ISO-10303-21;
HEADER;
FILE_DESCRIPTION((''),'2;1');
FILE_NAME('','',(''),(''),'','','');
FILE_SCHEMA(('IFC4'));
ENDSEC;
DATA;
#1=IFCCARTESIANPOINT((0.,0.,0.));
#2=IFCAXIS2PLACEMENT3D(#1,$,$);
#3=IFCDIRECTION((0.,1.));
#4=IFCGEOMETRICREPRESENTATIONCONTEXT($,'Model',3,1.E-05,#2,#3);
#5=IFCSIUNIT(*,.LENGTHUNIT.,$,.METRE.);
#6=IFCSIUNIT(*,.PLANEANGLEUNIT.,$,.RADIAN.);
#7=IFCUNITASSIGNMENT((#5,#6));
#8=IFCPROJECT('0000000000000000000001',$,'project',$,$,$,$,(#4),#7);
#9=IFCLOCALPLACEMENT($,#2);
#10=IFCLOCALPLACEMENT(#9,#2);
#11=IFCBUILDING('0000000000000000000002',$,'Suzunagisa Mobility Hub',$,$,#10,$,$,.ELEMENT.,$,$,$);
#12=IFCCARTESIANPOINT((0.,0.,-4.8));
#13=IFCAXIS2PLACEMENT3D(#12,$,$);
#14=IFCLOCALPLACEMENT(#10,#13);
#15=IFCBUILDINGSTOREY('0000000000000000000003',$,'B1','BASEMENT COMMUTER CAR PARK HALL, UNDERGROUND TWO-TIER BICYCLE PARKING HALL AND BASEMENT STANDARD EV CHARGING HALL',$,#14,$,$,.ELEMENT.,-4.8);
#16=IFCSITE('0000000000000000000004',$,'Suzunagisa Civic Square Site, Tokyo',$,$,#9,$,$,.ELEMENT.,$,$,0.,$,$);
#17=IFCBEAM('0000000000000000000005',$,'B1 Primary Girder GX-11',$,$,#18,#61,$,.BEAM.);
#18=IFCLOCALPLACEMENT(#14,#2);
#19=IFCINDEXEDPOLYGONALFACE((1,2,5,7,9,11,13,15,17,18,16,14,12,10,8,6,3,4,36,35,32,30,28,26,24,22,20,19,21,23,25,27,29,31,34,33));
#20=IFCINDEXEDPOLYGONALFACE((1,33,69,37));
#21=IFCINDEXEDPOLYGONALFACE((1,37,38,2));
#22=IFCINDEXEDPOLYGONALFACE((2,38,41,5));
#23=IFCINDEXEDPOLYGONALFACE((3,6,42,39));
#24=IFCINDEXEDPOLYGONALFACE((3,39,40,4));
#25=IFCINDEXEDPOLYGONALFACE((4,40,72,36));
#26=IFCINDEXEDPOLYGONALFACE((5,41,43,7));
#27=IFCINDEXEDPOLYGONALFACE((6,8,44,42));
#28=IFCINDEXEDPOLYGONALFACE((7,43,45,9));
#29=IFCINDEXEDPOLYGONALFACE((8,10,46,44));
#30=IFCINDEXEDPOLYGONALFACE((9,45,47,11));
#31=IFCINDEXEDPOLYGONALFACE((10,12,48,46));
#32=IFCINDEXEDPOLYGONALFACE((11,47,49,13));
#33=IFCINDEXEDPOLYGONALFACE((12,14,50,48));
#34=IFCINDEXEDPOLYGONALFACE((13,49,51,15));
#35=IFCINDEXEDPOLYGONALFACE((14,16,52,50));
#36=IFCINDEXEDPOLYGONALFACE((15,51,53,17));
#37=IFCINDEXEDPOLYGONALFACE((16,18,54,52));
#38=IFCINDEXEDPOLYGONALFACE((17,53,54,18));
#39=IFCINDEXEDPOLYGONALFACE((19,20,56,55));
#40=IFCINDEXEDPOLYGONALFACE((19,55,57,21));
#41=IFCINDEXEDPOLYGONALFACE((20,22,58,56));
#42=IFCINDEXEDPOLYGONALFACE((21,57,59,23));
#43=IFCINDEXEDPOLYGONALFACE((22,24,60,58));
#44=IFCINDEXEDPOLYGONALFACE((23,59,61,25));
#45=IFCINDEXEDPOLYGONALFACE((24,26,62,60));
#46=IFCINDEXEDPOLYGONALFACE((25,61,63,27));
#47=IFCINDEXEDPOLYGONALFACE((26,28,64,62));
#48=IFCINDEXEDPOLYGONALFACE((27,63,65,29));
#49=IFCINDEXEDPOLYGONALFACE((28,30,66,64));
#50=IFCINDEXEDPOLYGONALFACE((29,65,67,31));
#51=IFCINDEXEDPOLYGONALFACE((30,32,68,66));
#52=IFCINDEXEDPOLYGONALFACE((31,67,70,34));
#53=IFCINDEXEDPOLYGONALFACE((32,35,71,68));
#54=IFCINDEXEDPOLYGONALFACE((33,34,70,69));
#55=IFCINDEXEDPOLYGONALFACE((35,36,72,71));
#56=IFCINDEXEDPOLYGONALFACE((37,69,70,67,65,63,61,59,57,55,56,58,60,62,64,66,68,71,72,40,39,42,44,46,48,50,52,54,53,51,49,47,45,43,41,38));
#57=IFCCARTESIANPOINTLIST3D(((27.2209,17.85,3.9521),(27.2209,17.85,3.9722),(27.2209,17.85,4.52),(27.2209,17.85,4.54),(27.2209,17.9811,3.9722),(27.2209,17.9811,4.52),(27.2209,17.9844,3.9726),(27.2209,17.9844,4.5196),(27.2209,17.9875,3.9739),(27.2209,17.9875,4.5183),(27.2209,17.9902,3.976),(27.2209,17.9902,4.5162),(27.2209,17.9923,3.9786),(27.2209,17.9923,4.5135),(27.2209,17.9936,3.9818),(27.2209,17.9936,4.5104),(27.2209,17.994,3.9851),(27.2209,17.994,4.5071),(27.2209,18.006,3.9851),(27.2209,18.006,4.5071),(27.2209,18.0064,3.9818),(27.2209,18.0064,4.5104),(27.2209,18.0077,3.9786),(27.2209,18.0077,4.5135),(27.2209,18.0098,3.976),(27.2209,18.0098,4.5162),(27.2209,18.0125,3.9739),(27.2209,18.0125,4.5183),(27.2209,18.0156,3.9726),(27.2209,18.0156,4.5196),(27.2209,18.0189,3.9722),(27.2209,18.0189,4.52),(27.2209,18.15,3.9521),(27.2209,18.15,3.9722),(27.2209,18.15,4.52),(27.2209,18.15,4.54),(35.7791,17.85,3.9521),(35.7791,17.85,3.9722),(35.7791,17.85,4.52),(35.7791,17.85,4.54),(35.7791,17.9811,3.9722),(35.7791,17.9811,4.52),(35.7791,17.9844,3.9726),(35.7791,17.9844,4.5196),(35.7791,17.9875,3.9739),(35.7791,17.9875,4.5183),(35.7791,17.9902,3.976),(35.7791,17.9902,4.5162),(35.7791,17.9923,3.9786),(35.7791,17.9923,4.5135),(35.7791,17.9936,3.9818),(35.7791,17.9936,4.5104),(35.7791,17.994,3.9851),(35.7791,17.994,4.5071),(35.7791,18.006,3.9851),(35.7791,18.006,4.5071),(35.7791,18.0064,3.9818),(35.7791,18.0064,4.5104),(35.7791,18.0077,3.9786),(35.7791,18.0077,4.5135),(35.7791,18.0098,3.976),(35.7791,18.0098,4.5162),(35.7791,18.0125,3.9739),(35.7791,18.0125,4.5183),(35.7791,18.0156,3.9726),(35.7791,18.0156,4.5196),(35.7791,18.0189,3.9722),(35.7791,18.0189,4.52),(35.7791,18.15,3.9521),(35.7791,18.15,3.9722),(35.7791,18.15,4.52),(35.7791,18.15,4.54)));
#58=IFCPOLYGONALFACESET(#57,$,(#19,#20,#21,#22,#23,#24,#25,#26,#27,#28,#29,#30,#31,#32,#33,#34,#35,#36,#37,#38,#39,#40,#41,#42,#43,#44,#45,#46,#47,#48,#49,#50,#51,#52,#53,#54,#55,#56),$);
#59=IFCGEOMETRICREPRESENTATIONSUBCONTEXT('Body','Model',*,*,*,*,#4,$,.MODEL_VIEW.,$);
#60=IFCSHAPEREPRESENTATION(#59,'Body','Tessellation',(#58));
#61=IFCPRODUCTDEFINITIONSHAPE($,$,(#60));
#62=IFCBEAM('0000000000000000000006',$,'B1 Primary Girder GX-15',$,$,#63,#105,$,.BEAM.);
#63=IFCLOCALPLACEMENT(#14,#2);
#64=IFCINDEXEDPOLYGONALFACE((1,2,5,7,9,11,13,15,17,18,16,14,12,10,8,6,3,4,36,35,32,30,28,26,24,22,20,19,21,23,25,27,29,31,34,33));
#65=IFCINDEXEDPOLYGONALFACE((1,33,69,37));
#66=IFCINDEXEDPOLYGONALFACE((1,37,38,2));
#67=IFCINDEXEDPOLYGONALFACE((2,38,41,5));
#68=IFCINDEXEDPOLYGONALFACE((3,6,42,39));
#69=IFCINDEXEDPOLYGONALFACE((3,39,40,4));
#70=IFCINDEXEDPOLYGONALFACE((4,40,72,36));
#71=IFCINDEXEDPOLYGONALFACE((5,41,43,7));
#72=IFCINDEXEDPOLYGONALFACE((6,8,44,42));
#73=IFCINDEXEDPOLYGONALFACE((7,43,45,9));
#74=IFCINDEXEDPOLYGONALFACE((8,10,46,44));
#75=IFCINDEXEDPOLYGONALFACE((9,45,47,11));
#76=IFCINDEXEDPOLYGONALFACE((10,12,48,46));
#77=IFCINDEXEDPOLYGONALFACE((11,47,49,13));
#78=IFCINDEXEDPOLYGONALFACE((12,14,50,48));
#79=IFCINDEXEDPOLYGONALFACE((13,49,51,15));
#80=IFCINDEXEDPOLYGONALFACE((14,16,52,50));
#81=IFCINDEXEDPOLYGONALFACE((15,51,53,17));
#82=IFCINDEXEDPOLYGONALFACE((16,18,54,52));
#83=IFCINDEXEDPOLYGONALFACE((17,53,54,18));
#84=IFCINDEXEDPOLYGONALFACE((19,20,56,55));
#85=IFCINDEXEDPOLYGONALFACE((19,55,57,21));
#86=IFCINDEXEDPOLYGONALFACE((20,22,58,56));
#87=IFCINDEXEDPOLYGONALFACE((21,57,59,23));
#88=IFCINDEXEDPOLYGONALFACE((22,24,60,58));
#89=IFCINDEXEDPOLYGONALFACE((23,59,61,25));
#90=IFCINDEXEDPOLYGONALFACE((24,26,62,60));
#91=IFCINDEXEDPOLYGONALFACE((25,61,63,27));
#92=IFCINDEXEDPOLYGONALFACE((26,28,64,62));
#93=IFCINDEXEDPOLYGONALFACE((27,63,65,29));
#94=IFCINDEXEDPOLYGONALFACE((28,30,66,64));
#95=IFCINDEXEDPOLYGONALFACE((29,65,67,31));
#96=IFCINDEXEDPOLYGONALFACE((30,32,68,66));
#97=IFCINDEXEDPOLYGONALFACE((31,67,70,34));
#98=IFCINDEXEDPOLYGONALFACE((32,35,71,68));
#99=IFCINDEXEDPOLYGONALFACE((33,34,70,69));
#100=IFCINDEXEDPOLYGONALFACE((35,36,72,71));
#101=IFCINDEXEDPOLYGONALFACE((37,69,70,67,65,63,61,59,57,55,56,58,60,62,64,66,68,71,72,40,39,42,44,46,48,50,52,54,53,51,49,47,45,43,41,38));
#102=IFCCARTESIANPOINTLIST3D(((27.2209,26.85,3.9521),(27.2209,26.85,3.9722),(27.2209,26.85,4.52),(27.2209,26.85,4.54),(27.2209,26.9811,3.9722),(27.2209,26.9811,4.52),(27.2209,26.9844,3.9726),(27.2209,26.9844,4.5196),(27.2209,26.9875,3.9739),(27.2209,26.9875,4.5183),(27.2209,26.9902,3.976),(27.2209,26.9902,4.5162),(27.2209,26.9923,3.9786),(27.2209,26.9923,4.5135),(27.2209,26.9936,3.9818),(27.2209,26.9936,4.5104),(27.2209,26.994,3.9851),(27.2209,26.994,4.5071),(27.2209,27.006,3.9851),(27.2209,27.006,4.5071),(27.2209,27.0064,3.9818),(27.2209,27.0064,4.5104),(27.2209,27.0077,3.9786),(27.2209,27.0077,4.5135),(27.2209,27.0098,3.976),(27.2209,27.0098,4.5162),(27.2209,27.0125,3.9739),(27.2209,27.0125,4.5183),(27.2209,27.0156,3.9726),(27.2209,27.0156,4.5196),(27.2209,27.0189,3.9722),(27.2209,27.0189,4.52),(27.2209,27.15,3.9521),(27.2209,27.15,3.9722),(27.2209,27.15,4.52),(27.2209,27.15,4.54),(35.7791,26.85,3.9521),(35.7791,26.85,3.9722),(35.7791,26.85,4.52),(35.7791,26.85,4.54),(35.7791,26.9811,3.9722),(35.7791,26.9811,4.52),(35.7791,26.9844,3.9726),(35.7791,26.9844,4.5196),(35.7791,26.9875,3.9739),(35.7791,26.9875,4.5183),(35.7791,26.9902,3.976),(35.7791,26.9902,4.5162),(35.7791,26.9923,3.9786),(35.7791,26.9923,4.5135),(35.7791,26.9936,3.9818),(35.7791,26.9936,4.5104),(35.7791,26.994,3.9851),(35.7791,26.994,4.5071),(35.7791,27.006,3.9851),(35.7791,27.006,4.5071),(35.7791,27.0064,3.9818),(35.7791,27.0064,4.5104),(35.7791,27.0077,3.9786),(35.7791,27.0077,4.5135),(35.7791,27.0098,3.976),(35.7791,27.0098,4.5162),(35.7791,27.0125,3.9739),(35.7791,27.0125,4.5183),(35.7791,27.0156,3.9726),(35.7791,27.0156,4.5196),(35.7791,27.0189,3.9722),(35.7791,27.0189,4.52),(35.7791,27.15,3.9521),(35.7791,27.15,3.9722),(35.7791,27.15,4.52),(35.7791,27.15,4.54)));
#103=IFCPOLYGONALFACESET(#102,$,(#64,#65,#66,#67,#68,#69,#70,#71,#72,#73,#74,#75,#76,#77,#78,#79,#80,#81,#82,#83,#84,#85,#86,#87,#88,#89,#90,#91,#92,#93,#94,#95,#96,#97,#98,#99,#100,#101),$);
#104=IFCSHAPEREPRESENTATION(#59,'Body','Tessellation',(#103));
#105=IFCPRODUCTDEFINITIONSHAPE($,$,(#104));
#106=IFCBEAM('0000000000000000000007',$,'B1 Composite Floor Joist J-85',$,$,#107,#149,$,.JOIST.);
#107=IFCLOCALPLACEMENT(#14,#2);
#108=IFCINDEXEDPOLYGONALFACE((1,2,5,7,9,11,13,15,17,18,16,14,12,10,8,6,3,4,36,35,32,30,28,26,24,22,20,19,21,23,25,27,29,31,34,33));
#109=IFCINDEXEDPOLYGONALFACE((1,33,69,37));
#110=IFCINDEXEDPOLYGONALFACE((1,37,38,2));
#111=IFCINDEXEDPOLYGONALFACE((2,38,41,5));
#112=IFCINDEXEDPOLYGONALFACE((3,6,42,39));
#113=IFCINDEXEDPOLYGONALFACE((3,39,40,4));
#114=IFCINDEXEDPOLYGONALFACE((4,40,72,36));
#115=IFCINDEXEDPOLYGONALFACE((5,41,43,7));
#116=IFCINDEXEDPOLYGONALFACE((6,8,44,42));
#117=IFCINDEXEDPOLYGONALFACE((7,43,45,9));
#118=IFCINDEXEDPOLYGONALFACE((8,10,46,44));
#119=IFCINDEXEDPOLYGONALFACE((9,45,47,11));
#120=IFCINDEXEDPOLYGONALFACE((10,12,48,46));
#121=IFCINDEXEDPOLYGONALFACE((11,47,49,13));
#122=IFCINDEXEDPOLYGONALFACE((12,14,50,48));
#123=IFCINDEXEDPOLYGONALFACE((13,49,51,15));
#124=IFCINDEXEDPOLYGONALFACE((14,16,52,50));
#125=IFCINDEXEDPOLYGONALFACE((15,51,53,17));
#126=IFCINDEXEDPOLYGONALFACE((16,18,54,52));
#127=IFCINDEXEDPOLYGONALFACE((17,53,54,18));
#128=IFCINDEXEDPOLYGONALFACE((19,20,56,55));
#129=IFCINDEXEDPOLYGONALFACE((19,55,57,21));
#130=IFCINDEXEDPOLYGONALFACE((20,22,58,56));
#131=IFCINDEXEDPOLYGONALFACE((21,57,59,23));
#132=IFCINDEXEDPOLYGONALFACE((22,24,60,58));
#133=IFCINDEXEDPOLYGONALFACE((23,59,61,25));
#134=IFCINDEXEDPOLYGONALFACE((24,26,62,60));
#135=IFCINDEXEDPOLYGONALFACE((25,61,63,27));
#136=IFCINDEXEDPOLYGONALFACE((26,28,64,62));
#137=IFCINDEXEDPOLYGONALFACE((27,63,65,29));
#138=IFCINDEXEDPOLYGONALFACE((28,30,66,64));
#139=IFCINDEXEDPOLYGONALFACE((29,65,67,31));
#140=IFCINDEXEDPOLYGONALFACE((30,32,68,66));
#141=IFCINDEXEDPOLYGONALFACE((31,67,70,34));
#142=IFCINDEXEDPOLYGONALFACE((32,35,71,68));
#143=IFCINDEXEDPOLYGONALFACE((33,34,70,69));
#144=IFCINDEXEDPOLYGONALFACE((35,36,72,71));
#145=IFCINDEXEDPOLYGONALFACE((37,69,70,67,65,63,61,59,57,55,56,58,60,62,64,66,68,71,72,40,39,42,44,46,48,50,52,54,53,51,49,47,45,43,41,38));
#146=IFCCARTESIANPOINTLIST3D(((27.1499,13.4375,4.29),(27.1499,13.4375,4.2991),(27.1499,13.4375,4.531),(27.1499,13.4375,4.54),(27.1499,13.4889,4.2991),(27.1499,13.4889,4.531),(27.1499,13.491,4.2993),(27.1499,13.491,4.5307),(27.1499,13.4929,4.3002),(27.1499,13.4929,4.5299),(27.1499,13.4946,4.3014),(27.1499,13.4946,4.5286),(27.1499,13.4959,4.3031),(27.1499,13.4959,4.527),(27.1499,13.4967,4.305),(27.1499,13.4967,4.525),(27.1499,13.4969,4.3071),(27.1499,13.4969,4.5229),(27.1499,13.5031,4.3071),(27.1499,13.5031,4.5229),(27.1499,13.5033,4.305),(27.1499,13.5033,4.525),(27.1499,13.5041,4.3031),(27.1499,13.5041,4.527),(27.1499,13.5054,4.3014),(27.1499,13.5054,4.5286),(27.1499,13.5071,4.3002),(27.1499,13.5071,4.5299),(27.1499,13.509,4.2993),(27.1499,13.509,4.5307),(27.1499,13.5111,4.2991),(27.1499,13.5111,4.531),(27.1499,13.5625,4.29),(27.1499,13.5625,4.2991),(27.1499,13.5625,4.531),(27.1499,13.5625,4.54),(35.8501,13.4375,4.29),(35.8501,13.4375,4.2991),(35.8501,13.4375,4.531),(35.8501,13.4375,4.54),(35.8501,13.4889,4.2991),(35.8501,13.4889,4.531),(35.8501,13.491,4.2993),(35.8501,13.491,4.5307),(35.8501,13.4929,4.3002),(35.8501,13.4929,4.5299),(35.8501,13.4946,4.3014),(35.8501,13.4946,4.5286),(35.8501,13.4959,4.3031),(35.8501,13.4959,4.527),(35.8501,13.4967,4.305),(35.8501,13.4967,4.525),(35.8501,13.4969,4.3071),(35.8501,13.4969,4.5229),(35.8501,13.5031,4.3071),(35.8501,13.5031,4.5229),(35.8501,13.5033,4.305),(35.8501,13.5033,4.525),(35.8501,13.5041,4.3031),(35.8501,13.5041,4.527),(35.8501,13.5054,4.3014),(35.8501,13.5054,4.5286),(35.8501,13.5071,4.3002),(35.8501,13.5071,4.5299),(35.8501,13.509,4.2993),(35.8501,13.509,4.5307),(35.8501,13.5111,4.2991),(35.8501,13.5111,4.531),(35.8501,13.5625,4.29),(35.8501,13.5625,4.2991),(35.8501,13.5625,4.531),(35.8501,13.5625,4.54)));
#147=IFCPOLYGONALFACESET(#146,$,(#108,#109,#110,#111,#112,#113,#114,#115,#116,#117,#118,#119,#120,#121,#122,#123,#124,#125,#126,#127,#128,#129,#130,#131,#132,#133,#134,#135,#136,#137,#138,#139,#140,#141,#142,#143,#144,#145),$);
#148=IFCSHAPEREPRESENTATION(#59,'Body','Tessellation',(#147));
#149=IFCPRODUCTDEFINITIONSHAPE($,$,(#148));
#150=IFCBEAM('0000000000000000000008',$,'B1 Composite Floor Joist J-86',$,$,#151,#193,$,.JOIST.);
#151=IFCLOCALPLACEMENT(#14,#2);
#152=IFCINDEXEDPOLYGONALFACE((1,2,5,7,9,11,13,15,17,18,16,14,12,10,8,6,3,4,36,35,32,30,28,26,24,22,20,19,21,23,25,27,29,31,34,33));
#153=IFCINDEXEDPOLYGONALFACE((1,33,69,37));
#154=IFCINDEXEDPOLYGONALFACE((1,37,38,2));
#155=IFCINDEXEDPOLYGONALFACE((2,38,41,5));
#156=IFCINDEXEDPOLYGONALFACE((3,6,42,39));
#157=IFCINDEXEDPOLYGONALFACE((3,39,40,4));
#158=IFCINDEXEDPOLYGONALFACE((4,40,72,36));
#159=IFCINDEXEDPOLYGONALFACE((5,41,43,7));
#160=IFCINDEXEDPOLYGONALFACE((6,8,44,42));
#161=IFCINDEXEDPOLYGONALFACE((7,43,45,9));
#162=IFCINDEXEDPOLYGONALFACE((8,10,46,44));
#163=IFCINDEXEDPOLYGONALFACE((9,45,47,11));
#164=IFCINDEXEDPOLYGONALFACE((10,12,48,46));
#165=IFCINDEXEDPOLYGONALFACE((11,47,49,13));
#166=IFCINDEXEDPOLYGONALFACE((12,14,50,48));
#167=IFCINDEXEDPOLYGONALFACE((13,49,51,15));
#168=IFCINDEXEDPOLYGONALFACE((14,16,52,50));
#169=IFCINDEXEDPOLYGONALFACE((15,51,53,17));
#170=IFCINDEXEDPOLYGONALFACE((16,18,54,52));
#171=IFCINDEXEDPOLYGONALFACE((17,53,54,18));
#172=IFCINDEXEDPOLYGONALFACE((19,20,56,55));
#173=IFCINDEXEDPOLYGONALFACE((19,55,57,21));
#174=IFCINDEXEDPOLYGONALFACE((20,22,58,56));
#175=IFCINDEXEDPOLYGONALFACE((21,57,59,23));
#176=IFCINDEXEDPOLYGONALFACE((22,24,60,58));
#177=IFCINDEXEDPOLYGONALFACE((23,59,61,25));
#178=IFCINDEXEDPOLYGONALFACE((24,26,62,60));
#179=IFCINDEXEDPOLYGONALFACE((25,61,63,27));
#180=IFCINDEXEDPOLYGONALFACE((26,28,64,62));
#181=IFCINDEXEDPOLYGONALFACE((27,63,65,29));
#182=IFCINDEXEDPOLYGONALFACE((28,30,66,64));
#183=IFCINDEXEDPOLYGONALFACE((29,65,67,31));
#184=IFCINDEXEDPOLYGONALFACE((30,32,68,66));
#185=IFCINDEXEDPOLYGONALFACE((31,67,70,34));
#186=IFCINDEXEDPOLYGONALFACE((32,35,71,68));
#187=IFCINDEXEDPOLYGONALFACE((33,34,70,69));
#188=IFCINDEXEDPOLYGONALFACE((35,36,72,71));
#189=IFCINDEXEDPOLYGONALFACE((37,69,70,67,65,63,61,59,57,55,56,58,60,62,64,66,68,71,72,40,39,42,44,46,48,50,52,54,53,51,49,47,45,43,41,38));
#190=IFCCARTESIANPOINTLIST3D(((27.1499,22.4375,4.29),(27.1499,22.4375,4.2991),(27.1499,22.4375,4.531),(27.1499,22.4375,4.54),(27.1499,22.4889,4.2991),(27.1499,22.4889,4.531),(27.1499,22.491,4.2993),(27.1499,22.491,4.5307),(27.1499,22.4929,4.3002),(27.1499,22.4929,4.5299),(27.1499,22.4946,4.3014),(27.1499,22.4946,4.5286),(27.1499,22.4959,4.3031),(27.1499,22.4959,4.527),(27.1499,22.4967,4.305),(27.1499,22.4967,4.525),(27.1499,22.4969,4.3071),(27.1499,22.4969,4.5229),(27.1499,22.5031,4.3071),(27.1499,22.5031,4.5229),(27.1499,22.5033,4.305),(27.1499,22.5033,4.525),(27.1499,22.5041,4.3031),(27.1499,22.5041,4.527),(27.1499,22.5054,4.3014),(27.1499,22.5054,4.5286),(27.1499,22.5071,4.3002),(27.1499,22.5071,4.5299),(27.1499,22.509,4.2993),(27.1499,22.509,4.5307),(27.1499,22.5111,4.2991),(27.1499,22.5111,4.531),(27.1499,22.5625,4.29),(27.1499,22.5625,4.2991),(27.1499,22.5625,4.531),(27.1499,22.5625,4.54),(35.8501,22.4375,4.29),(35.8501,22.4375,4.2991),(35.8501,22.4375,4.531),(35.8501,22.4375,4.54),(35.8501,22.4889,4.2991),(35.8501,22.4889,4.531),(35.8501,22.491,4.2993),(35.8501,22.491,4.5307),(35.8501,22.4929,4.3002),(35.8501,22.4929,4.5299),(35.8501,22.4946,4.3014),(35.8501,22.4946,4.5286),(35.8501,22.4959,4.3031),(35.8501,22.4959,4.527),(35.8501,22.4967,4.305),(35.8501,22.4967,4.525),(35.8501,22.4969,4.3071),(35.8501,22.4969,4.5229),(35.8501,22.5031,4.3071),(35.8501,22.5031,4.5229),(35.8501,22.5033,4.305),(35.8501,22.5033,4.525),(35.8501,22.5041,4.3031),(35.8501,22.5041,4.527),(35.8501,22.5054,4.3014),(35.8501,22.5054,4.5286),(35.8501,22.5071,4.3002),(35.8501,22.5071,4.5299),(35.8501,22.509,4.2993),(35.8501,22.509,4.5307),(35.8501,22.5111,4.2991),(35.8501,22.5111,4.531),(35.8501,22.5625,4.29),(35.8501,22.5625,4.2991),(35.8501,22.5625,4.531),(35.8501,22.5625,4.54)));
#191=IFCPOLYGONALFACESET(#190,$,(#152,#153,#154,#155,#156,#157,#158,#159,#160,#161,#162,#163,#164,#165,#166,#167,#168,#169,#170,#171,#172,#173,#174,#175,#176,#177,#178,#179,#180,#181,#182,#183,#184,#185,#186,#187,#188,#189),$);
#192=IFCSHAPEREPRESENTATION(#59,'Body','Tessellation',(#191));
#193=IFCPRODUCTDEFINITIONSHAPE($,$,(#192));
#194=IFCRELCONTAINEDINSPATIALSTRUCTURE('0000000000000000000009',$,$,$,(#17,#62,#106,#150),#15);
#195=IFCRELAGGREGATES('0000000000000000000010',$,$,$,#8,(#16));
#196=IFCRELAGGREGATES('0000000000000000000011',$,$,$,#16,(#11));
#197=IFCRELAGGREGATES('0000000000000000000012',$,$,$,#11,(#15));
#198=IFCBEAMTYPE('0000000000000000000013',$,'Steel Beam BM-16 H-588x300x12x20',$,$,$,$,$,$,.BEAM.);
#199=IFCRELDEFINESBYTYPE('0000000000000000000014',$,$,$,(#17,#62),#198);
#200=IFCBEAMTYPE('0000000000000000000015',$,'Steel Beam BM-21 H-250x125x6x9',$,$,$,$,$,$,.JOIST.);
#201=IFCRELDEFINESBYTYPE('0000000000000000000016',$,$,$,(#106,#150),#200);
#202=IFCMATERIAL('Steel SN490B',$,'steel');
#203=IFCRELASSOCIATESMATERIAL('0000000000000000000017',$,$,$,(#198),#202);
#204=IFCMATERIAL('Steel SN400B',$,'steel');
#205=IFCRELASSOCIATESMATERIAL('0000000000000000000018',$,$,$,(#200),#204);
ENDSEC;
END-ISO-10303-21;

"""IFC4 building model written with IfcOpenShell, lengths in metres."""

from ifc_helpers import new_model, si_unit, direction, frame, origin, origin_2d, place, context, subcontext, project, spatial, i_section, extrude, material, material_profile, profile_set, type_object, element, save


model = new_model("IFC4")

# Units and contexts
model_context = context("Model", 3, precision=1e-05, world=origin(), true_north=direction((0.0, 1.0)))
body_context = subcontext(model_context, "Body", "Model", "MODEL_VIEW")
ifc_project = project(units=[si_unit("LENGTHUNIT", "METRE"), si_unit("PLANEANGLEUNIT", "RADIAN")], contexts=[model_context])

# Site, building, storey
site_placement = place(None, origin())
site = spatial("IfcSite", under=ifc_project, at=site_placement, Name="Suzunagisa Civic Square Site, Tokyo", CompositionType="ELEMENT", RefElevation=0.0)
building_placement = place(site_placement, origin())
building = spatial("IfcBuilding", under=site, at=building_placement, Name="Suzunagisa Mobility Hub", CompositionType="ELEMENT")
storey_placement = place(building_placement, frame((0.0, 0.0, -4.8)))
storey = spatial("IfcBuildingStorey", under=building, at=storey_placement, Name="B1", Description="BASEMENT COMMUTER CAR PARK HALL, UNDERGROUND TWO-TIER BICYCLE PARKING HALL AND BASEMENT STANDARD EV CHARGING HALL", CompositionType="ELEMENT", Elevation=-4.8)

# Shared definitions
ifc_material_1 = material(Name="Steel SN490B", Category="steel")

# Beams
ifc_material_profile_1 = material_profile(ifc_material_1, i_section(OverallWidth=0.3, OverallDepth=0.5879, WebThickness=0.012, FlangeThickness=0.02, FilletRadius=0.0129, at=origin_2d()), Name="H-588x300x12x20")
ifc_profile_set_1 = profile_set([ifc_material_profile_1], Name="Steel SN490B")
beam_type_1 = type_object("IfcBeamType", Name="Steel Beam BM-16 H-588x300x12x20", PredefinedType="BEAM", material=ifc_profile_set_1)
for number, where, z_axis, x_axis, name in (
    (1, (27.2209, 18.0, 4.2461), (1.0, 0.0, 0.0), (0.0, 1.0, 0.0), "B1 Primary Girder GX-11"),
    (2, (27.2209, 27.0, 4.2461), (1.0, 0.0, 0.0), (0.0, 1.0, 0.0), "B1 Primary Girder GX-15"),
):
    element("IfcBeam", number, at=place(storey_placement, frame(where, z_axis=z_axis, x_axis=x_axis)), inside=storey, type_object=beam_type_1, Name=name, PredefinedType="BEAM", context=body_context, shape_type="SweptSolid", body=[
        extrude(i_section(OverallWidth=0.3, OverallDepth=0.5879, WebThickness=0.012, FlangeThickness=0.02, FilletRadius=0.0129, at=origin_2d()), origin(), (0.0, 0.0, 1.0), 8.5581),
    ])
ifc_material_2 = material(Name="Steel SN400B", Category="steel")
ifc_material_profile_2 = material_profile(ifc_material_2, i_section(OverallWidth=0.125, OverallDepth=0.25, WebThickness=0.0061, FlangeThickness=0.009, FilletRadius=0.0081, at=origin_2d()), Name="H-250x125x6x9")
ifc_profile_set_2 = profile_set([ifc_material_profile_2], Name="Steel SN400B")
beam_type_2 = type_object("IfcBeamType", Name="Steel Beam BM-21 H-250x125x6x9", PredefinedType="JOIST", material=ifc_profile_set_2)
for number, where, z_axis, x_axis, name in (
    (3, (27.1499, 13.5, 4.415), (1.0, 0.0, 0.0), (0.0, 1.0, 0.0), "B1 Composite Floor Joist J-85"),
    (4, (27.1499, 22.5, 4.415), (1.0, 0.0, 0.0), (0.0, 1.0, 0.0), "B1 Composite Floor Joist J-86"),
):
    element("IfcBeam", number, at=place(storey_placement, frame(where, z_axis=z_axis, x_axis=x_axis)), inside=storey, type_object=beam_type_2, Name=name, PredefinedType="JOIST", context=body_context, shape_type="SweptSolid", body=[
        extrude(i_section(OverallWidth=0.125, OverallDepth=0.25, WebThickness=0.0061, FlangeThickness=0.009, FilletRadius=0.0081, at=origin_2d()), origin(), (0.0, 0.0, 1.0), 8.7002),
    ])

save(model, "model.ifc")
